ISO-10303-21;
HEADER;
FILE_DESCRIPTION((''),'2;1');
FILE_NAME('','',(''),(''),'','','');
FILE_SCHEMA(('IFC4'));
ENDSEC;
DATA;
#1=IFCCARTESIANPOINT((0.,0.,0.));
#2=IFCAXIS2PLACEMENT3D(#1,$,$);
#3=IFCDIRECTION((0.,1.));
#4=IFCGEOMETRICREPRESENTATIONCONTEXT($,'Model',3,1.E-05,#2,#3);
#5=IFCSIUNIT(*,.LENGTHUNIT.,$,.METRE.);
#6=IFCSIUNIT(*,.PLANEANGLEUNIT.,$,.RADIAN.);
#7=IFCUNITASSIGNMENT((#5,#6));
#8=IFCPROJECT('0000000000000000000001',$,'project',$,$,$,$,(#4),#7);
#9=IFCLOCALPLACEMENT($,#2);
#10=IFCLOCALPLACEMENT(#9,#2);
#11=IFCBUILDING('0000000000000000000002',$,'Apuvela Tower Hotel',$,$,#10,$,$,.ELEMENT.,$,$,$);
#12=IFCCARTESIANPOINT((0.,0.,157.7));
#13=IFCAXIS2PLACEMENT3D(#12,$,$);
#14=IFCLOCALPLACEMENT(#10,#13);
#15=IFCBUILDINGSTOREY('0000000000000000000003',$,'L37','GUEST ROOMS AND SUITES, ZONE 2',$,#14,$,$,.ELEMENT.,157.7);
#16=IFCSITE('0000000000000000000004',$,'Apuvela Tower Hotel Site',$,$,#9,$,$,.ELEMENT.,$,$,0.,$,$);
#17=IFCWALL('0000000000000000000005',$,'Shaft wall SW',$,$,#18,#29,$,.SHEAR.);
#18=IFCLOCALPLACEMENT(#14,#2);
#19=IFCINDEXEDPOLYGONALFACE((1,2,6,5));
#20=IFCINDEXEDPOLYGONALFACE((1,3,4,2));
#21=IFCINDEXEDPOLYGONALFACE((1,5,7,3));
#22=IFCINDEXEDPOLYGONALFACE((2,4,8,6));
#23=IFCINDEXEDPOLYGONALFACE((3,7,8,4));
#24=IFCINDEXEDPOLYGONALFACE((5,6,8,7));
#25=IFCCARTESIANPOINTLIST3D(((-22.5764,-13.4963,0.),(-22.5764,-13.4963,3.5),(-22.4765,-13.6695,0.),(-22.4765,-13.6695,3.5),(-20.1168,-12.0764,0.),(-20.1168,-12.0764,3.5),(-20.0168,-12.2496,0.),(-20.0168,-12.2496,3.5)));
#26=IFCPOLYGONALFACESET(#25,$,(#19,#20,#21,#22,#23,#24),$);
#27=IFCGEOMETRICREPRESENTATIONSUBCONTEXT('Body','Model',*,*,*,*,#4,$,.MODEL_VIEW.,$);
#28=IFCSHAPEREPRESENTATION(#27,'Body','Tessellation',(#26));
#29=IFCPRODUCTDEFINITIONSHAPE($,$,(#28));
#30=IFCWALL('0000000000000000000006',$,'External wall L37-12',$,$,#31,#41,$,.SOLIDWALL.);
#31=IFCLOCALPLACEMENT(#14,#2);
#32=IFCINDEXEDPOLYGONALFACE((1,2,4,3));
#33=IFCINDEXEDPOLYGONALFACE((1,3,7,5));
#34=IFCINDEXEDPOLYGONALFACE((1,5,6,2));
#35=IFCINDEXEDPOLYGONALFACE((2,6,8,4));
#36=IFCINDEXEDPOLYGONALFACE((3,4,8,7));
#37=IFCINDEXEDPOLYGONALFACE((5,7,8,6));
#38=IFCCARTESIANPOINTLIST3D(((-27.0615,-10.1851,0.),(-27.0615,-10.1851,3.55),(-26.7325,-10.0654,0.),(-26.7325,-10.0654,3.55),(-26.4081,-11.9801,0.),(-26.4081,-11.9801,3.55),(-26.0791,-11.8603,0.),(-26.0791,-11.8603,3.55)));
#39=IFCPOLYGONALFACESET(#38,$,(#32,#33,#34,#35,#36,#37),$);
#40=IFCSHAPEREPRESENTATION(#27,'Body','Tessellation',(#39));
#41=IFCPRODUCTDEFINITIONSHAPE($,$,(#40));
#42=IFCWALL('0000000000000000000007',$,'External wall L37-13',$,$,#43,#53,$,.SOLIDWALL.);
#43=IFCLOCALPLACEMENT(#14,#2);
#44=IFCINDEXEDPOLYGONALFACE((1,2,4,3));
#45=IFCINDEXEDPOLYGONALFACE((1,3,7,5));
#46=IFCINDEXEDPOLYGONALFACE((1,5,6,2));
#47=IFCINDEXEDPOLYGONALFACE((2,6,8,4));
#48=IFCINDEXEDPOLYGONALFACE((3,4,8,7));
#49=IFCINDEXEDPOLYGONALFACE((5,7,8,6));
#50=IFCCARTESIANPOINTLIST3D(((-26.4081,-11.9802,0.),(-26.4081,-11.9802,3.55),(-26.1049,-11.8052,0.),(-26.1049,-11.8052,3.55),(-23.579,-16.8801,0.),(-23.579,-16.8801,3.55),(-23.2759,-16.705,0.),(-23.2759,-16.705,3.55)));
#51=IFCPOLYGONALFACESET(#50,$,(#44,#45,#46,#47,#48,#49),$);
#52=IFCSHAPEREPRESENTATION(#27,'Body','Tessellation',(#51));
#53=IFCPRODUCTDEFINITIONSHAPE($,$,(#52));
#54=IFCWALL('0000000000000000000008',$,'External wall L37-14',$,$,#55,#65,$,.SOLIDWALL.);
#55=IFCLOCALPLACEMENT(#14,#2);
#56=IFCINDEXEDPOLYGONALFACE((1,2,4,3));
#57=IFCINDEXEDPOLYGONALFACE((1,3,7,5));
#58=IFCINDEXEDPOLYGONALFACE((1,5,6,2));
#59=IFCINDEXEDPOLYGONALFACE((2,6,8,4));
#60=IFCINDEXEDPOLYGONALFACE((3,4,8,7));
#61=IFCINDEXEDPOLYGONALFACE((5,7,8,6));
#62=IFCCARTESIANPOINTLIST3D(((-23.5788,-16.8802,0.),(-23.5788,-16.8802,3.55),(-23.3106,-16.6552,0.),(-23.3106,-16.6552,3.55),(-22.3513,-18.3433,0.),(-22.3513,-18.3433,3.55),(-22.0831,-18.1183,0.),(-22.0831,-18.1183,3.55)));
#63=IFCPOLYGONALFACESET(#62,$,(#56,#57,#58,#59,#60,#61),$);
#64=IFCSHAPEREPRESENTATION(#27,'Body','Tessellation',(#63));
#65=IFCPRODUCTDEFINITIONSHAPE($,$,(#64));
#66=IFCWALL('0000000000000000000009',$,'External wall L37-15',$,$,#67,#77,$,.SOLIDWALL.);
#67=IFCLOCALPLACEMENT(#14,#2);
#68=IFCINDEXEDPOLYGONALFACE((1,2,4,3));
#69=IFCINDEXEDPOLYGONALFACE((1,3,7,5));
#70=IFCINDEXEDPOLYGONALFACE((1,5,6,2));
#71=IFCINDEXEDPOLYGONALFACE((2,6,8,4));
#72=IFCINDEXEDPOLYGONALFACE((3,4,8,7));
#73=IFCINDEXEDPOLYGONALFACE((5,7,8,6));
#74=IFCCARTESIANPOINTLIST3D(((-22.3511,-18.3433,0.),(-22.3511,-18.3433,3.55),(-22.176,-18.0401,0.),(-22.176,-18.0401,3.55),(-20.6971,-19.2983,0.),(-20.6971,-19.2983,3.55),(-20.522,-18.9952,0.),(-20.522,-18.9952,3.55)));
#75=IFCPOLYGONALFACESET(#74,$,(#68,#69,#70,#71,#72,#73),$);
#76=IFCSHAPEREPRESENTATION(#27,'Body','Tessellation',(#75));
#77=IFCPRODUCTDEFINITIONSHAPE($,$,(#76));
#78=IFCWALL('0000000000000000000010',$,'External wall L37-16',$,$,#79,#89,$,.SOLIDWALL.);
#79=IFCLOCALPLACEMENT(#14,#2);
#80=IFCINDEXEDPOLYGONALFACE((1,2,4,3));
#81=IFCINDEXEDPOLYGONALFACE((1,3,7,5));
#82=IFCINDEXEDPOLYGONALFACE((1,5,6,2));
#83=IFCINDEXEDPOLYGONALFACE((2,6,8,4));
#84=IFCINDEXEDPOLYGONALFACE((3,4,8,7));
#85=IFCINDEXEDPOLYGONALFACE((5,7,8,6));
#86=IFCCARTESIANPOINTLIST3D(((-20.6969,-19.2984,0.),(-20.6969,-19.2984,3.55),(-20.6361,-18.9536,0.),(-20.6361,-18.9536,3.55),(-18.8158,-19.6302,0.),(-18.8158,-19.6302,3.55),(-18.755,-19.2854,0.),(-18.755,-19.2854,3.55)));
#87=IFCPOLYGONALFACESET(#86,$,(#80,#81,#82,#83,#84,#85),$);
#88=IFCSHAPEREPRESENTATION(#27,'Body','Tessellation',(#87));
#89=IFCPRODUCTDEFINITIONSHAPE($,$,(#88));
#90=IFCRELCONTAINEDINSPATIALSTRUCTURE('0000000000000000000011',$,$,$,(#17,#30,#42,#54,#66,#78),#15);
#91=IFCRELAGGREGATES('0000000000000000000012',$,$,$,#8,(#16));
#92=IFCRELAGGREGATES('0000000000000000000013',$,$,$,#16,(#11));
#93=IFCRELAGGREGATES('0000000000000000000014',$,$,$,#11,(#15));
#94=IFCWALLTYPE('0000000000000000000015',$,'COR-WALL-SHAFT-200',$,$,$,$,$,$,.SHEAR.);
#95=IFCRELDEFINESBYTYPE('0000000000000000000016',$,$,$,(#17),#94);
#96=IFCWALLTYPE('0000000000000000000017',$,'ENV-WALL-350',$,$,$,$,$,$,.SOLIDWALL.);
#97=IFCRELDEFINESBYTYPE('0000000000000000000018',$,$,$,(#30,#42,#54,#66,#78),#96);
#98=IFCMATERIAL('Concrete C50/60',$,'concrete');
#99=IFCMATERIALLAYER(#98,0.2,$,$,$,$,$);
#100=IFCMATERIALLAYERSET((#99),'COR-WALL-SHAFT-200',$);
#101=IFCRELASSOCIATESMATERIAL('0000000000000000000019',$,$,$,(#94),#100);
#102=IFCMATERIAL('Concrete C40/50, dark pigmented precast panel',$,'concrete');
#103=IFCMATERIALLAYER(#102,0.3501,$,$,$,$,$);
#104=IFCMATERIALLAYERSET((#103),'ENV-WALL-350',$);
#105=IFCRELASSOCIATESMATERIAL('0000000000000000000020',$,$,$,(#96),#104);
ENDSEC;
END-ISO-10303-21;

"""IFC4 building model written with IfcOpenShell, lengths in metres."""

from ifc_helpers import new_model, si_unit, direction, frame, frame_2d, origin, place, context, subcontext, project, spatial, rectangle, extrude, material, layer, layer_set, type_object, element, save


model = new_model("IFC4")

# Units and contexts
model_context = context("Model", 3, precision=1e-05, world=origin(), true_north=direction((0.0, 1.0)))
body_context = subcontext(model_context, "Body", "Model", "MODEL_VIEW")
ifc_project = project(units=[si_unit("LENGTHUNIT", "METRE"), si_unit("PLANEANGLEUNIT", "RADIAN")], contexts=[model_context])

# Site, building, storey
site_placement = place(None, origin())
site = spatial("IfcSite", under=ifc_project, at=site_placement, Name="Apuvela Tower Hotel Site", CompositionType="ELEMENT", RefElevation=0.0)
building_placement = place(site_placement, origin())
building = spatial("IfcBuilding", under=site, at=building_placement, Name="Apuvela Tower Hotel", CompositionType="ELEMENT")
storey_placement = place(building_placement, frame((0.0, 0.0, 157.7)))
storey = spatial("IfcBuildingStorey", under=building, at=storey_placement, Name="L37", Description="GUEST ROOMS AND SUITES, ZONE 2", CompositionType="ELEMENT", Elevation=157.7)

# Shared definitions
ifc_material_1 = material(Name="Concrete C50/60", Category="concrete")
ifc_layer_1 = layer(ifc_material_1, 0.2)
ifc_layer_set_1 = layer_set([ifc_layer_1], Name="COR-WALL-SHAFT-200")
wall_type_1 = type_object("IfcWallType", Name="COR-WALL-SHAFT-200", PredefinedType="SHEAR", material=ifc_layer_set_1)

# Walls
wall_1_placement = place(storey_placement, frame((-20.0669, -12.1631, 0.0), z_axis=(0.0, 0.0, 1.0), x_axis=(-0.866055, -0.499948, 0.0)))
element("IfcWall", 1, at=wall_1_placement, inside=storey, type_object=wall_type_1, Name="Shaft wall SW", PredefinedType="SHEAR", context=body_context, shape_type="SweptSolid", body=[
    extrude(rectangle(XDim=2.8401, YDim=0.2, at=frame_2d((1.4199, 0.0))), origin(), (0.0, 0.0, 1.0), 3.5),
])
ifc_material_2 = material(Name="Concrete C40/50, dark pigmented precast panel", Category="concrete")
ifc_layer_2 = layer(ifc_material_2, 0.3501)
ifc_layer_set_2 = layer_set([ifc_layer_2], Name="ENV-WALL-350")
wall_type_2 = type_object("IfcWallType", Name="ENV-WALL-350", PredefinedType="SOLIDWALL", material=ifc_layer_set_2)
wall_2_placement = place(storey_placement, frame((-26.897, -10.1252, 0.0), z_axis=(0.0, 0.0, 1.0), x_axis=(0.34203, -0.939689, 0.0)))
element("IfcWall", 2, at=wall_2_placement, inside=storey, type_object=wall_type_2, Name="External wall L37-12", PredefinedType="SOLIDWALL", context=body_context, shape_type="SweptSolid", body=[
    extrude(rectangle(XDim=1.9102, YDim=0.3501, at=frame_2d((0.9551, 0.0))), origin(), (0.0, 0.0, 1.0), 3.55),
])
wall_3_placement = place(storey_placement, frame((-26.2566, -11.8926, 0.0), z_axis=(0.0, 0.0, 1.0), x_axis=(0.500019, -0.866015, 0.0)))
element("IfcWall", 3, at=wall_3_placement, inside=storey, type_object=wall_type_2, Name="External wall L37-13", PredefinedType="SOLIDWALL", context=body_context, shape_type="SweptSolid", body=[
    extrude(rectangle(XDim=5.658, YDim=0.3501, at=frame_2d((2.8291, 0.0))), origin(), (0.0, 0.0, 1.0), 3.55),
])
for number, where, z_axis, x_axis, name in (
    (4, (-23.4448, -16.7676, 0.0), (0.0, 0.0, 1.0), (0.642733, -0.76609, 0.0), "External wall L37-14"),
    (5, (-22.2637, -18.1917, 0.0), (0.0, 0.0, 1.0), (0.866, -0.500043, 0.0), "External wall L37-15"),
):
    element("IfcWall", number, at=place(storey_placement, frame(where, z_axis=z_axis, x_axis=x_axis)), inside=storey, type_object=wall_type_2, Name=name, PredefinedType="SOLIDWALL", context=body_context, shape_type="SweptSolid", body=[
        extrude(rectangle(XDim=1.9099, YDim=0.3501, at=frame_2d((0.9551, 0.0))), origin(), (0.0, 0.0, 1.0), 3.55),
    ])
wall_4_placement = place(storey_placement, frame((-20.6665, -19.126, 0.0), z_axis=(0.0, 0.0, 1.0), x_axis=(0.984799, -0.173698, 0.0)))
element("IfcWall", 6, at=wall_4_placement, inside=storey, type_object=wall_type_2, Name="External wall L37-16", PredefinedType="SOLIDWALL", context=body_context, shape_type="SweptSolid", body=[
    extrude(rectangle(XDim=1.9102, YDim=0.3501, at=frame_2d((0.9551, 0.0))), origin(), (0.0, 0.0, 1.0), 3.55),
])

save(model, "model.ifc")
